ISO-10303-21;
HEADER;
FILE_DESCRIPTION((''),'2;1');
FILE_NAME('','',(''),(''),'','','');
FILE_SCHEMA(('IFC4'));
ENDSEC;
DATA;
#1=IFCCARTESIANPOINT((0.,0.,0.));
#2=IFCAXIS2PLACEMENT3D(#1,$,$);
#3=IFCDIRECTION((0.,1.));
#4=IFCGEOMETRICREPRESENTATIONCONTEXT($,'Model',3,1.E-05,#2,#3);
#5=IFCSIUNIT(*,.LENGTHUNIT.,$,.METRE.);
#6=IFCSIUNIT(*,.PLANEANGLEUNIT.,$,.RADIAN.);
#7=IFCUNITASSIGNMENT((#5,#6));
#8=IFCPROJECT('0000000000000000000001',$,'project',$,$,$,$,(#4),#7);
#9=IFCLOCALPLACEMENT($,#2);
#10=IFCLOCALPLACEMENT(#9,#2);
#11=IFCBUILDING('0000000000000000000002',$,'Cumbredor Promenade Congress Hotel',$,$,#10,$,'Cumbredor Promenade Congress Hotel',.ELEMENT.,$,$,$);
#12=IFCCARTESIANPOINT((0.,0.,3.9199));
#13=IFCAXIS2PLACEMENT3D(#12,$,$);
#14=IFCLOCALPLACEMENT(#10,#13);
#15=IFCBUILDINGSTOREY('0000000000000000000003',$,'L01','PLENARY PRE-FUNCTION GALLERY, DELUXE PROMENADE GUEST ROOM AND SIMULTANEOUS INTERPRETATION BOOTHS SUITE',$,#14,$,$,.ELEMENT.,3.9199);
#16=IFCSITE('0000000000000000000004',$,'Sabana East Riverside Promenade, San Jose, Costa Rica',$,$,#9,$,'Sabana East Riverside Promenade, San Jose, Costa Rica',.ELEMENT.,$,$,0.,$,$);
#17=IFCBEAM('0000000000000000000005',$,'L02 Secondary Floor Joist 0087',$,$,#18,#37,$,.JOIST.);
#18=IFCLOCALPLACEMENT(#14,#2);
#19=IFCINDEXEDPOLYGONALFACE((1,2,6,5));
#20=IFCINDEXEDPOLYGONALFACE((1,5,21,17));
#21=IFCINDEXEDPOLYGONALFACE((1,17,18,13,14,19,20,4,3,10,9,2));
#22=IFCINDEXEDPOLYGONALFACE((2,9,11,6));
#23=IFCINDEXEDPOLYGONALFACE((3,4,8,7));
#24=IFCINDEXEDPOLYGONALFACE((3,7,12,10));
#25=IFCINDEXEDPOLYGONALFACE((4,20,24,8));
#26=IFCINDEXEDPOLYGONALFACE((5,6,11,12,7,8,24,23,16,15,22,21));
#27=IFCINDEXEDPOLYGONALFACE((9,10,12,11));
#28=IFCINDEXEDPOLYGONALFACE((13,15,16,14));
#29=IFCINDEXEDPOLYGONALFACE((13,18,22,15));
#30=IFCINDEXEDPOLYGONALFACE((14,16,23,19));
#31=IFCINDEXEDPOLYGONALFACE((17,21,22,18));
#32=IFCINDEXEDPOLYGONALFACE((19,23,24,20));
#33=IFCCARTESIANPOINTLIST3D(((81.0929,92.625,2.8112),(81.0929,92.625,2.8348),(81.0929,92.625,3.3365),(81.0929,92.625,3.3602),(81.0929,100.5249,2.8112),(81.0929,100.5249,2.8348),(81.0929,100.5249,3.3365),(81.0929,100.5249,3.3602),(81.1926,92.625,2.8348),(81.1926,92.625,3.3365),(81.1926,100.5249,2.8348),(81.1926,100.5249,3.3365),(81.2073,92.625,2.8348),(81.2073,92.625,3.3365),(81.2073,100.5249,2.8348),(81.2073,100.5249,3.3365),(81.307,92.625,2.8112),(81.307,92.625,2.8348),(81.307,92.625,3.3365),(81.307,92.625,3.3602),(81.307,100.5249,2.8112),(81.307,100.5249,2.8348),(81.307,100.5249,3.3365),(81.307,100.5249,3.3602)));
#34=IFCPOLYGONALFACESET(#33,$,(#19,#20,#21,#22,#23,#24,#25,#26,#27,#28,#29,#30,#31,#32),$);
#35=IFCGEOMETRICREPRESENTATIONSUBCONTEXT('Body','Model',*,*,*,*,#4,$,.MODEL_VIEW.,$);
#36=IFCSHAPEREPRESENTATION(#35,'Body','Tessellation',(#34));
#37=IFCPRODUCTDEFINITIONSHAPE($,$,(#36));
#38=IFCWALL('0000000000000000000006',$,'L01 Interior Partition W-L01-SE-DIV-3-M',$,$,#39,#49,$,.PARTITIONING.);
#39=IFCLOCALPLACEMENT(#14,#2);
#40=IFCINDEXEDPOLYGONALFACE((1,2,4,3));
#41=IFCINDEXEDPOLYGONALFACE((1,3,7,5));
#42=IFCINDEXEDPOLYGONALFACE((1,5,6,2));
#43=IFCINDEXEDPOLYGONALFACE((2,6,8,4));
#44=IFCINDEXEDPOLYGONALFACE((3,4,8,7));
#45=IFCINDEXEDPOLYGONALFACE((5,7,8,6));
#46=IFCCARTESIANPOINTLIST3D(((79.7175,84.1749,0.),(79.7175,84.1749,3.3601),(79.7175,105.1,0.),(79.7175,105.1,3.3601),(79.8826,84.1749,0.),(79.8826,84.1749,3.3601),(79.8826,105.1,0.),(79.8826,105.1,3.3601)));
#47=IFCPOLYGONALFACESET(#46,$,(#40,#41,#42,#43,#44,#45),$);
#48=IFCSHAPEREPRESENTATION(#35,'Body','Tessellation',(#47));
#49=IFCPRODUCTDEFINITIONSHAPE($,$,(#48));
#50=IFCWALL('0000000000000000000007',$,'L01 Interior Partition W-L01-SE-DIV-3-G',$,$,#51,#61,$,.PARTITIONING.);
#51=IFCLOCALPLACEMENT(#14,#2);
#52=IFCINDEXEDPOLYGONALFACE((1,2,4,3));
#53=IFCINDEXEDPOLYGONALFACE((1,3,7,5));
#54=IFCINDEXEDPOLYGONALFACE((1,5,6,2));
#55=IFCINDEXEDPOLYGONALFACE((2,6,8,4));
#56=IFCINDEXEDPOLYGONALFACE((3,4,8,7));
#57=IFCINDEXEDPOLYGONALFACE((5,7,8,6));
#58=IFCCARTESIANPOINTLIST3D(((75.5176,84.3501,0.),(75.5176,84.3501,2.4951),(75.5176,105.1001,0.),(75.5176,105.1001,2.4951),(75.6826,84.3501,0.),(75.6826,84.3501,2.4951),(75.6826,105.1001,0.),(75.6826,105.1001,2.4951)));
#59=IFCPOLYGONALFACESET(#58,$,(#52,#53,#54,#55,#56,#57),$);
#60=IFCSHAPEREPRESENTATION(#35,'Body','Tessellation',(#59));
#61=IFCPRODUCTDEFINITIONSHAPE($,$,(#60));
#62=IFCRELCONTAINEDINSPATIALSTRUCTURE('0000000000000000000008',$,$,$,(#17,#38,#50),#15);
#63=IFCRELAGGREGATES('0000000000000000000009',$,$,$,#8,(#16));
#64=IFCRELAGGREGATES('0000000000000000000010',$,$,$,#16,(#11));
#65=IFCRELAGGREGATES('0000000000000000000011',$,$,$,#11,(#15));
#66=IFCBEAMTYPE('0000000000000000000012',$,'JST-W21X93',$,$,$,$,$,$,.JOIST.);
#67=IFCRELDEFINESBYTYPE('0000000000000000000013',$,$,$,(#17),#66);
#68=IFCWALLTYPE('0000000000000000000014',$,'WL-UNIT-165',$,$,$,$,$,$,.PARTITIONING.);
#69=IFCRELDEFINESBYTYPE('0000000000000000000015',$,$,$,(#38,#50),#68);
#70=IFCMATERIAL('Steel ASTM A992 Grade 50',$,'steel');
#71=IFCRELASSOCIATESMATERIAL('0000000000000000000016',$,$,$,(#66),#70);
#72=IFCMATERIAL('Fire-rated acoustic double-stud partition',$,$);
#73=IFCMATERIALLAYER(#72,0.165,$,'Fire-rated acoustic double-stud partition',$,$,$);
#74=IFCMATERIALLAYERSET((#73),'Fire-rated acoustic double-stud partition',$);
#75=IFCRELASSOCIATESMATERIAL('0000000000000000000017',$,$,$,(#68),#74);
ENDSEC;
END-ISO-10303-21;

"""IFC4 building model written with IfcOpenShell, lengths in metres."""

from ifc_helpers import new_model, si_unit, direction, frame, frame_2d, origin, origin_2d, place, context, subcontext, project, spatial, rectangle, i_section, extrude, material, layer, layer_set, material_profile, profile_set, type_object, element, save


model = new_model("IFC4")

# Units and contexts
model_context = context("Model", 3, precision=1e-05, world=origin(), true_north=direction((0.0, 1.0)))
body_context = subcontext(model_context, "Body", "Model", "MODEL_VIEW")
ifc_project = project(units=[si_unit("LENGTHUNIT", "METRE"), si_unit("PLANEANGLEUNIT", "RADIAN")], contexts=[model_context])

# Site, building, storey
site_placement = place(None, origin())
site = spatial("IfcSite", under=ifc_project, at=site_placement, Name="Sabana East Riverside Promenade, San Jose, Costa Rica", LongName="Sabana East Riverside Promenade, San Jose, Costa Rica", CompositionType="ELEMENT", RefElevation=0.0)
building_placement = place(site_placement, origin())
building = spatial("IfcBuilding", under=site, at=building_placement, Name="Cumbredor Promenade Congress Hotel", LongName="Cumbredor Promenade Congress Hotel", CompositionType="ELEMENT")
storey_placement = place(building_placement, frame((0.0, 0.0, 3.9199)))
storey = spatial("IfcBuildingStorey", under=building, at=storey_placement, Name="L01", Description="PLENARY PRE-FUNCTION GALLERY, DELUXE PROMENADE GUEST ROOM AND SIMULTANEOUS INTERPRETATION BOOTHS SUITE", CompositionType="ELEMENT", Elevation=3.9199)

# Beam
ifc_material_1 = material(Name="Steel ASTM A992 Grade 50", Category="steel")
ifc_material_profile_1 = material_profile(ifc_material_1, i_section(OverallWidth=0.2141, OverallDepth=0.5491, WebThickness=0.0146, FlangeThickness=0.0237, at=origin_2d()), Name="W21X93")
ifc_profile_set_1 = profile_set([ifc_material_profile_1], Name="Steel ASTM A992 Grade 50")
beam_type_1 = type_object("IfcBeamType", Name="JST-W21X93", PredefinedType="JOIST", material=ifc_profile_set_1)
for number, where, z_axis, x_axis, name in (
    (1, (81.2, 92.625, 3.0857), (0.0, 1.0, 0.0), (-1.0, 0.0, 0.0), "L02 Secondary Floor Joist 0087"),
):
    element("IfcBeam", number, at=place(storey_placement, frame(where, z_axis=z_axis, x_axis=x_axis)), inside=storey, type_object=beam_type_1, Name=name, PredefinedType="JOIST", context=body_context, shape_type="SweptSolid", body=[
        extrude(i_section(OverallWidth=0.2141, OverallDepth=0.5491, WebThickness=0.0146, FlangeThickness=0.0237, at=origin_2d()), origin(), (0.0, 0.0, 1.0), 7.8999),
    ])

# Walls
ifc_material_2 = material(Name="Fire-rated acoustic double-stud partition")
ifc_layer = layer(ifc_material_2, 0.165, Name="Fire-rated acoustic double-stud partition")
ifc_layer_set = layer_set([ifc_layer], Name="Fire-rated acoustic double-stud partition")
wall_type = type_object("IfcWallType", Name="WL-UNIT-165", PredefinedType="PARTITIONING", material=ifc_layer_set)
wall_1_placement = place(storey_placement, frame((79.8, 84.175, 0.0), z_axis=(0.0, 0.0, 1.0), x_axis=(0.0, 1.0, 0.0)))
element("IfcWall", 2, at=wall_1_placement, inside=storey, type_object=wall_type, Name="L01 Interior Partition W-L01-SE-DIV-3-M", PredefinedType="PARTITIONING", context=body_context, shape_type="SweptSolid", body=[
    extrude(rectangle(XDim=20.925, YDim=0.165, at=frame_2d((10.4624, 0.0))), origin(), (0.0, 0.0, 1.0), 3.3601),
])
wall_2_placement = place(storey_placement, frame((75.6001, 84.3501, 0.0), z_axis=(0.0, 0.0, 1.0), x_axis=(0.0, 1.0, 0.0)))
element("IfcWall", 3, at=wall_2_placement, inside=storey, type_object=wall_type, Name="L01 Interior Partition W-L01-SE-DIV-3-G", PredefinedType="PARTITIONING", context=body_context, shape_type="SweptSolid", body=[
    extrude(rectangle(XDim=20.75, YDim=0.165, at=frame_2d((10.375, 0.0))), origin(), (0.0, 0.0, 1.0), 2.4951),
])

save(model, "model.ifc")
